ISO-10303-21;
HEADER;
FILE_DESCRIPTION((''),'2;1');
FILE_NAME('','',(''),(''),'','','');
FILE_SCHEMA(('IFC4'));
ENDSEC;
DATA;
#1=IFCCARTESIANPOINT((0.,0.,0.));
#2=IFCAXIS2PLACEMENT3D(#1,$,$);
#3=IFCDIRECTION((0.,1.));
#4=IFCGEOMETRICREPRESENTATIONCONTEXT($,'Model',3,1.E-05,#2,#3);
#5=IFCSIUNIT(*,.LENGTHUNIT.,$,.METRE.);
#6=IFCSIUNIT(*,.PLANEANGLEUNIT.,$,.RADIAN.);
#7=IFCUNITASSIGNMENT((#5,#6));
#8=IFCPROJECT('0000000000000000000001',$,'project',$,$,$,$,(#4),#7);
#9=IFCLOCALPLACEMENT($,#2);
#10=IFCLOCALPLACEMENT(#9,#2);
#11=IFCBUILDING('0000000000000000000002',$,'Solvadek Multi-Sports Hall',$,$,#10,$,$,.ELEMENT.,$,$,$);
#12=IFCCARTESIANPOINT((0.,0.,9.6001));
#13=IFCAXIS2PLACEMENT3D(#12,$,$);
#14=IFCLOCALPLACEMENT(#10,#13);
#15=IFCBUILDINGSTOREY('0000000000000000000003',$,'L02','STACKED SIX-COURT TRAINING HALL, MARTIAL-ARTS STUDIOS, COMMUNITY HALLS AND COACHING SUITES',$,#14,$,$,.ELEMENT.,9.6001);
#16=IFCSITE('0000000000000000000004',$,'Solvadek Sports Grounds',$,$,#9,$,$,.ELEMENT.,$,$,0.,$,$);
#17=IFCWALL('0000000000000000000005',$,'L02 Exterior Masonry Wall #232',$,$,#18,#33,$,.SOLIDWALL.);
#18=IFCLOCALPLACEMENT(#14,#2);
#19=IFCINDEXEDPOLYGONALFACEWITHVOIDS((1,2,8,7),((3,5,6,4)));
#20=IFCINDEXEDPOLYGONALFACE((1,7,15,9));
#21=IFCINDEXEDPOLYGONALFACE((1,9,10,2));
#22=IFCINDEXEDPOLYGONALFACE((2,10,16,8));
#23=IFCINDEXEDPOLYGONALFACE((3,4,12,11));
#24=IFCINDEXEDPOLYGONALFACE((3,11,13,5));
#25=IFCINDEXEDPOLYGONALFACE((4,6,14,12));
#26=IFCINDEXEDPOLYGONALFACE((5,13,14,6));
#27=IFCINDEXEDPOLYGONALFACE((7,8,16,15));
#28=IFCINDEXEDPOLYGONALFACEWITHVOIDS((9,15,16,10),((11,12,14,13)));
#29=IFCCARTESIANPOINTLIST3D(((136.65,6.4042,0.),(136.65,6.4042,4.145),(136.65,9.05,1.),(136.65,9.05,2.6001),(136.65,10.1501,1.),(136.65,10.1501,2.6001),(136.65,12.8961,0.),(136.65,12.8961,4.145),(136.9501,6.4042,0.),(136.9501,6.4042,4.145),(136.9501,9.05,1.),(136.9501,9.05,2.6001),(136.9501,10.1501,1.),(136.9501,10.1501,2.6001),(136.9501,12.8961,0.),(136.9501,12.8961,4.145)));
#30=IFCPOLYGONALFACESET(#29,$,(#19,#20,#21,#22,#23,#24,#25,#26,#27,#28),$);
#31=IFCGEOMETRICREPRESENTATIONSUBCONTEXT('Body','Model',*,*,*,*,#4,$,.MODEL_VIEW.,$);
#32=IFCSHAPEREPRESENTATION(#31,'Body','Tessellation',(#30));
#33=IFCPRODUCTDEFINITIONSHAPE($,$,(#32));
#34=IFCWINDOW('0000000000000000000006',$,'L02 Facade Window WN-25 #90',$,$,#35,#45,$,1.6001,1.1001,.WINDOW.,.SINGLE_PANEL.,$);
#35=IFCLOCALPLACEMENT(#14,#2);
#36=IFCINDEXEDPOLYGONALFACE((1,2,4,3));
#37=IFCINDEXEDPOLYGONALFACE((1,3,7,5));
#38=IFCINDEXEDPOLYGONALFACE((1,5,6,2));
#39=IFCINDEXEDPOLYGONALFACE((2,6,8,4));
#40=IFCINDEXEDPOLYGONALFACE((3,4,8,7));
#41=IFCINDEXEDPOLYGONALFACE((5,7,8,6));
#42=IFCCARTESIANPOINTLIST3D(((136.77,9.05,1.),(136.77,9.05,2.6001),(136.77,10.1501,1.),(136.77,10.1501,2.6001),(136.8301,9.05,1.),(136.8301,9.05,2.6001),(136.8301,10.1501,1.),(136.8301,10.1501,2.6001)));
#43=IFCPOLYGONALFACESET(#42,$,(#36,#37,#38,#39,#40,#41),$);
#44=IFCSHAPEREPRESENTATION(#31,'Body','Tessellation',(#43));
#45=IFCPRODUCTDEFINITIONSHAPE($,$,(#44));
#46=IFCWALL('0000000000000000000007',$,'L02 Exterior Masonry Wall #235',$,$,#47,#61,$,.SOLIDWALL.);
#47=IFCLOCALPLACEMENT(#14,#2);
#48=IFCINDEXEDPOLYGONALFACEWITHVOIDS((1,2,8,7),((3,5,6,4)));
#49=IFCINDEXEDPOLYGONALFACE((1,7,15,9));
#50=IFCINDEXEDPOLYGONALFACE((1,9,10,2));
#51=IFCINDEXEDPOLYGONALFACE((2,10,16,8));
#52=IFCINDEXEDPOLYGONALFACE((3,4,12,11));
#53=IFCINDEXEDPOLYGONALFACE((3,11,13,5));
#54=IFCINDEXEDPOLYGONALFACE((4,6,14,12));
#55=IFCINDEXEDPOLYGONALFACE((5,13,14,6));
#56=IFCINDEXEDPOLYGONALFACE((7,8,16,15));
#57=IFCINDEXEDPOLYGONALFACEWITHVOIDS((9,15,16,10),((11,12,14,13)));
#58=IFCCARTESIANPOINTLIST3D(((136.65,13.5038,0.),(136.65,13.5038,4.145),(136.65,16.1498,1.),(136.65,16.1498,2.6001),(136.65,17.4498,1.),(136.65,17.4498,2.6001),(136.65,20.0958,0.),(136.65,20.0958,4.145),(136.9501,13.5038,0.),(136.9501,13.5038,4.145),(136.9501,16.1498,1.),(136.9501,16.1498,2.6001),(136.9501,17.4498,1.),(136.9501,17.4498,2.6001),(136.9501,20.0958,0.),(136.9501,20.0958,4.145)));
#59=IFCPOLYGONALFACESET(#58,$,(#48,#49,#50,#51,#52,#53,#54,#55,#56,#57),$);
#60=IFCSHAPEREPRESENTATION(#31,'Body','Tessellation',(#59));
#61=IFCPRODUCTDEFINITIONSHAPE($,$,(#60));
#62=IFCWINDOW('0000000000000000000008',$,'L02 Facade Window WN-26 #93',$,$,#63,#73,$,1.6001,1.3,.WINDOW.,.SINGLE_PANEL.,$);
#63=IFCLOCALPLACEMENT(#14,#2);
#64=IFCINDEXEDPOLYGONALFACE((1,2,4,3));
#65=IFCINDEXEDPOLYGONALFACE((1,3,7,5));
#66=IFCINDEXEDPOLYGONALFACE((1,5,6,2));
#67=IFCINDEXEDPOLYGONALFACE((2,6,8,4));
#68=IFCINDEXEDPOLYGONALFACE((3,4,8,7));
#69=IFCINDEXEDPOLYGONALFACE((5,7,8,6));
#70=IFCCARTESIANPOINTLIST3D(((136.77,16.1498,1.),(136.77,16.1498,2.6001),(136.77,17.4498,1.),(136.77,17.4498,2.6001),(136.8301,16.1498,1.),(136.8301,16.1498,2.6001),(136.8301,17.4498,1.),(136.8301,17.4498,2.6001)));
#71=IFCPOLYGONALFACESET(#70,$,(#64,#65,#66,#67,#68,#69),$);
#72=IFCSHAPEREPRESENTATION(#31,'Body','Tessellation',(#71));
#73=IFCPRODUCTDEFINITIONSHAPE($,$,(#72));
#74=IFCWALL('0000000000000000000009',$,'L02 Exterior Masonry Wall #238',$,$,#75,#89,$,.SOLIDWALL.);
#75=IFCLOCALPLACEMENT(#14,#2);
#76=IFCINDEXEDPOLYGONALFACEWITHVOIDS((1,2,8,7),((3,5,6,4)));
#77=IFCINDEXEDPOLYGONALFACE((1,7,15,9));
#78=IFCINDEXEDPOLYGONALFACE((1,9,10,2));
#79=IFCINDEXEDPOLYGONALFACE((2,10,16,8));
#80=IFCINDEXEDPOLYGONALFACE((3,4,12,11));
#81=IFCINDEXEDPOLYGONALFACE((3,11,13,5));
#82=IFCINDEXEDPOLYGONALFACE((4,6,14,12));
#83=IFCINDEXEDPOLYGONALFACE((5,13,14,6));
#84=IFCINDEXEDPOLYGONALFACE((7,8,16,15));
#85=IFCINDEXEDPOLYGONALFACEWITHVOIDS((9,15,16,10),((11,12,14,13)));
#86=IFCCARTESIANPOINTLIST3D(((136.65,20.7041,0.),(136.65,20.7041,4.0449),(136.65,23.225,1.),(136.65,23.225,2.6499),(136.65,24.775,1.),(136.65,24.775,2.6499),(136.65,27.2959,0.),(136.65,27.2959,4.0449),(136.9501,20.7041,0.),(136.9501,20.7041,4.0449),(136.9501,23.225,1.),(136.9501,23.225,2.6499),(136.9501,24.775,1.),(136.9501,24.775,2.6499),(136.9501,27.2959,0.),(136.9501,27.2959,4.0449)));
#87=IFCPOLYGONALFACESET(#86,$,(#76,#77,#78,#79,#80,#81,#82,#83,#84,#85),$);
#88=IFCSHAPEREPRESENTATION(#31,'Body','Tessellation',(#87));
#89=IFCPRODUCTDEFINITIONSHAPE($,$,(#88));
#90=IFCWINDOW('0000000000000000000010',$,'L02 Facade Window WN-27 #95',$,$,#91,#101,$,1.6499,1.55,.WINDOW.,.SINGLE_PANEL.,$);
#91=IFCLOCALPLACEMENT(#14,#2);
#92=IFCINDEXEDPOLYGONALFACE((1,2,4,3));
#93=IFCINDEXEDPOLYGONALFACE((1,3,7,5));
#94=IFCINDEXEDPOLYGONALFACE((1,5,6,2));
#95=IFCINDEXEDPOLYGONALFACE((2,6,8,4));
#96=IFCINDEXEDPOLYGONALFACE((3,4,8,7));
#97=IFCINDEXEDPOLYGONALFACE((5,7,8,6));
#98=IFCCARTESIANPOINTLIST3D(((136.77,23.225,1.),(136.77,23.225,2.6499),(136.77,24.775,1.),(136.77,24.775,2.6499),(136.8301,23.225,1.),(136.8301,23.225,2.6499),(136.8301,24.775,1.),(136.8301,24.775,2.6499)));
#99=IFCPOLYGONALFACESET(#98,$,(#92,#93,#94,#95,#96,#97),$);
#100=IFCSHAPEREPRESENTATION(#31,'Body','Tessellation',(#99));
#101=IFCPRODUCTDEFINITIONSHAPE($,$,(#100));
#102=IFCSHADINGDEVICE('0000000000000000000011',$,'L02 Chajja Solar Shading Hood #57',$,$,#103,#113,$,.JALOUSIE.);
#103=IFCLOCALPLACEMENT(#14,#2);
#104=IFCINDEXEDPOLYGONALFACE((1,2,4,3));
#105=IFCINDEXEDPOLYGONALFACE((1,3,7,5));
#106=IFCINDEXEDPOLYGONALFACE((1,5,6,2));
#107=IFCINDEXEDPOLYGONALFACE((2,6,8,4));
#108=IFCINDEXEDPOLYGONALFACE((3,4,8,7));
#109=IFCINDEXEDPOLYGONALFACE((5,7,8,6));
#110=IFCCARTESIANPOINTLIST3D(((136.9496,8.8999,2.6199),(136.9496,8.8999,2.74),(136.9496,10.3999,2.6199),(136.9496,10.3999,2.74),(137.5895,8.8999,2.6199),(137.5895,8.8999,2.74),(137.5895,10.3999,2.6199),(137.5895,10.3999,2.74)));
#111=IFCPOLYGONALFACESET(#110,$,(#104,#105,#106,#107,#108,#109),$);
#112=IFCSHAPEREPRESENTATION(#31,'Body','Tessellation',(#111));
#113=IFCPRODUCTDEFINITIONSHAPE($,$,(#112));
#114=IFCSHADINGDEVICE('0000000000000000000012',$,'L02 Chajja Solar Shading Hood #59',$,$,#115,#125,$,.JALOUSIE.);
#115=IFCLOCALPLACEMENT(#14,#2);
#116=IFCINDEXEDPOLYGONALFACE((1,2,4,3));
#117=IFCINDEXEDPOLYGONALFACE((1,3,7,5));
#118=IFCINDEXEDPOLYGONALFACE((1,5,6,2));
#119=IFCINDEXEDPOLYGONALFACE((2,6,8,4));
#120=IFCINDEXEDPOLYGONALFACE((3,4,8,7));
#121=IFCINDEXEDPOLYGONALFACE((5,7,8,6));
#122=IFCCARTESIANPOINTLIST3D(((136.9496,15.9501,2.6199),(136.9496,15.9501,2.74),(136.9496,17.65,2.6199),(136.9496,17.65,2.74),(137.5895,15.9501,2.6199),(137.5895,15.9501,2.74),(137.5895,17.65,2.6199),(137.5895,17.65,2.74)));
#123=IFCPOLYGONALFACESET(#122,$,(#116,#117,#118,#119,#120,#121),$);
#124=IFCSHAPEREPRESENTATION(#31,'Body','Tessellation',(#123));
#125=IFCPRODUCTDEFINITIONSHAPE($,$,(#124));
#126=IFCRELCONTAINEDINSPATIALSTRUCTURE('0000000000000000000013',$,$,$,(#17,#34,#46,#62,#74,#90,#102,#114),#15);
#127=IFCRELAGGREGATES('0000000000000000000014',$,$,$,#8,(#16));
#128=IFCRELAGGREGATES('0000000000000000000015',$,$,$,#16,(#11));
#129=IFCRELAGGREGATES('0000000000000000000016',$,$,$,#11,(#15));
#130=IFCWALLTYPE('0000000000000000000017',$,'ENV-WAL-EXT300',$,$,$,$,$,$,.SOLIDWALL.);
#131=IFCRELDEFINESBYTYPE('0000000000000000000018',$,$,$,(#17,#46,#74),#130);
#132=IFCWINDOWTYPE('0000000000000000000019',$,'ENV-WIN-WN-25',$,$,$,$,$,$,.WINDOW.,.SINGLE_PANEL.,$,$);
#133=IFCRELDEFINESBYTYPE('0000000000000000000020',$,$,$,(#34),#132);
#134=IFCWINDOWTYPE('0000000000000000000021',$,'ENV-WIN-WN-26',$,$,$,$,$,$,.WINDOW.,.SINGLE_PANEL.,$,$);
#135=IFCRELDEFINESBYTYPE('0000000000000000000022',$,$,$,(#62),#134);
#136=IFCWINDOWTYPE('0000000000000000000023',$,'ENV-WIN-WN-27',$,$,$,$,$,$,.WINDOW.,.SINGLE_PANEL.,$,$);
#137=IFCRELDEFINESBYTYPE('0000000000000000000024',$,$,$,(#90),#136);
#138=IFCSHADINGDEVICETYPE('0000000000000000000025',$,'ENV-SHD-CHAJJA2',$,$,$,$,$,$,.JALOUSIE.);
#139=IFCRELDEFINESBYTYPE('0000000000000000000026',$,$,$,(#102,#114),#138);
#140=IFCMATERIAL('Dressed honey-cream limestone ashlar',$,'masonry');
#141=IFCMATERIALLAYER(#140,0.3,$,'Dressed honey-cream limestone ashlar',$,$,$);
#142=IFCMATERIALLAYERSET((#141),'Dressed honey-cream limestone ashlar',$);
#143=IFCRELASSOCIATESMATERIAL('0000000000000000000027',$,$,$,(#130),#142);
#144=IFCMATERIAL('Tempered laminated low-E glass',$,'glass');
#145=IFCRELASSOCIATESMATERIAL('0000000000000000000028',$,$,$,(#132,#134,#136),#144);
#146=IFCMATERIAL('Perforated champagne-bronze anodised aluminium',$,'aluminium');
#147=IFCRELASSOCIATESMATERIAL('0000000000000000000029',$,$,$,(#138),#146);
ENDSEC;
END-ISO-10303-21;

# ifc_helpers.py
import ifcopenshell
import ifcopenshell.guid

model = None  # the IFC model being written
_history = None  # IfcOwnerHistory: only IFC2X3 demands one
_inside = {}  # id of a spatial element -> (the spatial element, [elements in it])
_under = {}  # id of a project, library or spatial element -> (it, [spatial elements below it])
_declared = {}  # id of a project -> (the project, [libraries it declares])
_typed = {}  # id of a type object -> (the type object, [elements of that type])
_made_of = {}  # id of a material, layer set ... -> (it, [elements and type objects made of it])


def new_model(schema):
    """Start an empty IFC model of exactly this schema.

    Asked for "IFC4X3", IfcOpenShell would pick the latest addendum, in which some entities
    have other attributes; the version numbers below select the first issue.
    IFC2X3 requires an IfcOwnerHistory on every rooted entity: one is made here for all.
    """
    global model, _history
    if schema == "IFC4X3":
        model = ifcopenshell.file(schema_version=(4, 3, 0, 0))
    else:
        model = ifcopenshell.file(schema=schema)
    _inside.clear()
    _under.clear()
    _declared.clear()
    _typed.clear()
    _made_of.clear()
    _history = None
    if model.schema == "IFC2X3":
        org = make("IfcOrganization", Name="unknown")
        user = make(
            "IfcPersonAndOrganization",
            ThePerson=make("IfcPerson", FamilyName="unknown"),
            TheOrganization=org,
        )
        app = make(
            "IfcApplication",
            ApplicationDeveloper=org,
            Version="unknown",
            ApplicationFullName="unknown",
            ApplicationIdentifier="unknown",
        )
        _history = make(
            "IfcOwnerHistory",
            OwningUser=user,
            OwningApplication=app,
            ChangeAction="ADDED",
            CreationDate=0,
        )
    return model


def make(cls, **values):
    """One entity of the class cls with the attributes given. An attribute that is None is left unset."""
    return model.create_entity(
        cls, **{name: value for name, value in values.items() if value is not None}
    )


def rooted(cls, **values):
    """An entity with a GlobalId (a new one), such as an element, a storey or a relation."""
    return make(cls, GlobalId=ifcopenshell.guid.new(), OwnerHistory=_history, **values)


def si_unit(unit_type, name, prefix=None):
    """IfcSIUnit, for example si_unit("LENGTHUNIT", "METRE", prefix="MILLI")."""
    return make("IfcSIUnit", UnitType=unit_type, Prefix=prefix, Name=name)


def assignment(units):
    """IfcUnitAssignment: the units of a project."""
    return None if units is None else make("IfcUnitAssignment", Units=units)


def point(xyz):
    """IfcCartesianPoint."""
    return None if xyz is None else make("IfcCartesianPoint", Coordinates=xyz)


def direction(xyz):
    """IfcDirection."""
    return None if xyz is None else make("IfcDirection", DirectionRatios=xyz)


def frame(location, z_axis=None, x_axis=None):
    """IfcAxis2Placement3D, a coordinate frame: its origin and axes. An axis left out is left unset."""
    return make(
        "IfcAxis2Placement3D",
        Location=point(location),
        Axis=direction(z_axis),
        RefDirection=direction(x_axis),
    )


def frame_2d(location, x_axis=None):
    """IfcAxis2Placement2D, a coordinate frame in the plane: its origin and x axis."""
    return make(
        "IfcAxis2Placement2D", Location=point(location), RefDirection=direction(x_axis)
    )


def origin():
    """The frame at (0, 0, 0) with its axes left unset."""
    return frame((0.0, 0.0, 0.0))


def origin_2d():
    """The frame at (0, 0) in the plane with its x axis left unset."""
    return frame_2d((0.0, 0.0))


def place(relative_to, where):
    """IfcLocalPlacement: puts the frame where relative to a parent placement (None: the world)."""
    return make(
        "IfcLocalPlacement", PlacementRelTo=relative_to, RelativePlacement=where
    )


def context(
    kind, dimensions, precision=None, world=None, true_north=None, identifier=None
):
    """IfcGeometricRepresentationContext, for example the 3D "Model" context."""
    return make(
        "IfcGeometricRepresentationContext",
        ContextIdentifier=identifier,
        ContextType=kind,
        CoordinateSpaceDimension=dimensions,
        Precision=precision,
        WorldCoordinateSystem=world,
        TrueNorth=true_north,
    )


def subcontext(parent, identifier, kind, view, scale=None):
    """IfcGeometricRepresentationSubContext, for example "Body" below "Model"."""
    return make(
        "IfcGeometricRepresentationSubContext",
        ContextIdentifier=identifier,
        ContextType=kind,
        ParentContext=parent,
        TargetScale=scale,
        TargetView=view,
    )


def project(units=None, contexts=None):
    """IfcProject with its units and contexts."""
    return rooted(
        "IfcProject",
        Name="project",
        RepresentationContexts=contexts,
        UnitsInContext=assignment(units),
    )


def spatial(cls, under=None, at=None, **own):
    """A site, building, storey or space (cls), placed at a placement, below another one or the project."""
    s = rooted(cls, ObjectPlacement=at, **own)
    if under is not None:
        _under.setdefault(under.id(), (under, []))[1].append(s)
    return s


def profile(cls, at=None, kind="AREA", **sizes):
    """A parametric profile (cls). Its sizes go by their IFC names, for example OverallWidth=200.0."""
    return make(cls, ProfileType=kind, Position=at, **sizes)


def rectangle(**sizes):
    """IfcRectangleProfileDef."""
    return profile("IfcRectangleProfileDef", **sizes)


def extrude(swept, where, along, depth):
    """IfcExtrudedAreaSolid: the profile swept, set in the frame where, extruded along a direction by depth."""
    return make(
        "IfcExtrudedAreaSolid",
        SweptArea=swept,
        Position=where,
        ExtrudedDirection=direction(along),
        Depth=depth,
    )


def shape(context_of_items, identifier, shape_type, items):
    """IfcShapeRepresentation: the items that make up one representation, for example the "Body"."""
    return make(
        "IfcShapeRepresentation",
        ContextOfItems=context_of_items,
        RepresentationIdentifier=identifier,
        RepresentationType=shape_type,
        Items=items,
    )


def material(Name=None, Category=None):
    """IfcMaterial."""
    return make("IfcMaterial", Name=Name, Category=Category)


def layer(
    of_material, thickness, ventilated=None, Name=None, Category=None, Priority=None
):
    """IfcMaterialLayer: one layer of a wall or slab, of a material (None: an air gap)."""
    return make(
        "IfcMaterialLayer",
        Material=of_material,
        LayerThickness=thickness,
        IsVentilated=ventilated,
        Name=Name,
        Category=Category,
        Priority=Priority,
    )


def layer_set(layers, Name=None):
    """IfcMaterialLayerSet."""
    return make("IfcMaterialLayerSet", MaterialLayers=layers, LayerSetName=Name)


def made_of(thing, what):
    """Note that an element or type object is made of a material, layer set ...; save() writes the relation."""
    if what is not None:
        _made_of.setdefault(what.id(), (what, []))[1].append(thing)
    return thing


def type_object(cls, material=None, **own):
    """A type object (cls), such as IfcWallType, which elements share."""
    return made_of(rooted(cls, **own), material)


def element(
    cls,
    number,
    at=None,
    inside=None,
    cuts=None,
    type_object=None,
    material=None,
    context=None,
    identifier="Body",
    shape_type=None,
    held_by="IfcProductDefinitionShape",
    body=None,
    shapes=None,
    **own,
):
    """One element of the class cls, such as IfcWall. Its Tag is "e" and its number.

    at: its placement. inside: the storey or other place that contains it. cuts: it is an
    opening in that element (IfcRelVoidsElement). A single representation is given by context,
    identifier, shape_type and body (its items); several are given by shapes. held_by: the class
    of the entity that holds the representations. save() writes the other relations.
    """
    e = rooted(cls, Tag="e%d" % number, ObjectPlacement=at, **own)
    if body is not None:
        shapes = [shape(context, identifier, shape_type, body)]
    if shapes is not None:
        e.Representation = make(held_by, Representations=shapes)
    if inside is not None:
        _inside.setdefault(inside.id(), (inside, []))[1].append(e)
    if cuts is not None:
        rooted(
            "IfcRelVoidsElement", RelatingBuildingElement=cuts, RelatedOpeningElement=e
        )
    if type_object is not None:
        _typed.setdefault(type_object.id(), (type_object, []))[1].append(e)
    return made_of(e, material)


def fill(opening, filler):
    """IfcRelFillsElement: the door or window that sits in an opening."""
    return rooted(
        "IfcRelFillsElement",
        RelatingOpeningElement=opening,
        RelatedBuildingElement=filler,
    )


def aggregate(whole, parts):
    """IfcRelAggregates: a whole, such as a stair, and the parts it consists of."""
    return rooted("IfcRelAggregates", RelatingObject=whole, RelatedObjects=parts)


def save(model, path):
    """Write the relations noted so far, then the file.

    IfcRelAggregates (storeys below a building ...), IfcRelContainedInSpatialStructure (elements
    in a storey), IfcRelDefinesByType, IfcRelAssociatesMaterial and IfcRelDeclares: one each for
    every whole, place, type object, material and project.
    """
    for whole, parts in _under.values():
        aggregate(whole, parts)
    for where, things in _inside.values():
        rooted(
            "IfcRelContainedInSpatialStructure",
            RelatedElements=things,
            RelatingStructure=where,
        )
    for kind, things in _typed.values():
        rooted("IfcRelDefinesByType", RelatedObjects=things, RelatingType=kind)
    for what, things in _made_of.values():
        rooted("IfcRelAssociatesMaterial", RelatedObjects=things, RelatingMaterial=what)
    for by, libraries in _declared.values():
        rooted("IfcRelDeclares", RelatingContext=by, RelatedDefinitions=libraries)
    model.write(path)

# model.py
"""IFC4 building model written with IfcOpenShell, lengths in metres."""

from ifc_helpers import new_model, si_unit, direction, frame, frame_2d, origin, origin_2d, place, context, subcontext, project, spatial, rectangle, extrude, material, layer, layer_set, type_object, element, fill, save


model = new_model("IFC4")

# Units and contexts
model_context = context("Model", 3, precision=1e-05, world=origin(), true_north=direction((0.0, 1.0)))
body_context = subcontext(model_context, "Body", "Model", "MODEL_VIEW")
ifc_project = project(units=[si_unit("LENGTHUNIT", "METRE"), si_unit("PLANEANGLEUNIT", "RADIAN")], contexts=[model_context])

# Site, building, storey
site_placement = place(None, origin())
site = spatial("IfcSite", under=ifc_project, at=site_placement, Name="Solvadek Sports Grounds", CompositionType="ELEMENT", RefElevation=0.0)
building_placement = place(site_placement, origin())
building = spatial("IfcBuilding", under=site, at=building_placement, Name="Solvadek Multi-Sports Hall", CompositionType="ELEMENT")
storey_placement = place(building_placement, frame((0.0, 0.0, 9.6001)))
storey = spatial("IfcBuildingStorey", under=building, at=storey_placement, Name="L02", Description="STACKED SIX-COURT TRAINING HALL, MARTIAL-ARTS STUDIOS, COMMUNITY HALLS AND COACHING SUITES", CompositionType="ELEMENT", Elevation=9.6001)

# Walls, openings, windows
ifc_material_1 = material(Name="Dressed honey-cream limestone ashlar", Category="masonry")
ifc_layer_1 = layer(ifc_material_1, 0.3, Name="Dressed honey-cream limestone ashlar")
ifc_layer_set_1 = layer_set([ifc_layer_1], Name="Dressed honey-cream limestone ashlar")
wall_type_1 = type_object("IfcWallType", Name="ENV-WAL-EXT300", PredefinedType="SOLIDWALL", material=ifc_layer_set_1)
wall_1_placement = place(storey_placement, frame((136.8, 6.4041, 0.0), z_axis=(0.0, 0.0, 1.0), x_axis=(0.0, 1.0, 0.0)))
wall_1 = element("IfcWall", 1, at=wall_1_placement, inside=storey, type_object=wall_type_1, Name="L02 Exterior Masonry Wall #232", PredefinedType="SOLIDWALL", context=body_context, shape_type="SweptSolid", body=[
    extrude(rectangle(XDim=6.4919, YDim=0.3, at=frame_2d((3.2461, 0.0))), origin(), (0.0, 0.0, 1.0), 4.145),
])
opening_1_placement = place(wall_1_placement, frame((2.646, 0.0, 1.0)))
opening_1 = element("IfcOpeningElement", 2, at=opening_1_placement, cuts=wall_1, PredefinedType="OPENING", context=body_context, shape_type="SweptSolid", body=[
    extrude(rectangle(XDim=1.1001, YDim=1.6001, at=frame_2d((0.55, 0.8))), frame((0.0, 0.1599, 0.0), z_axis=(0.0, -1.0, 0.0), x_axis=(1.0, 0.0, 0.0)), (0.0, 0.0, 1.0), 0.3201),
])
ifc_material_2 = material(Name="Tempered laminated low-E glass", Category="glass")
window_type_1 = type_object("IfcWindowType", Name="ENV-WIN-WN-25", PartitioningType="SINGLE_PANEL", PredefinedType="WINDOW", material=ifc_material_2)
window_1_placement = place(opening_1_placement, origin())
window_1 = element("IfcWindow", 3, at=window_1_placement, inside=storey, type_object=window_type_1, Name="L02 Facade Window WN-25 #90", OverallHeight=1.6001, OverallWidth=1.1001, PartitioningType="SINGLE_PANEL", PredefinedType="WINDOW", context=body_context, shape_type="SweptSolid", body=[
    extrude(rectangle(XDim=1.1001, YDim=1.6001, at=frame_2d((0.55, 0.8))), frame((0.0, 0.03, 0.0), z_axis=(0.0, -1.0, 0.0), x_axis=(1.0, 0.0, 0.0)), (0.0, 0.0, 1.0), 0.0601),
])
fill(opening_1, window_1)
wall_2_placement = place(storey_placement, frame((136.8, 13.5039, 0.0), z_axis=(0.0, 0.0, 1.0), x_axis=(0.0, 1.0, 0.0)))
wall_2 = element("IfcWall", 4, at=wall_2_placement, inside=storey, type_object=wall_type_1, Name="L02 Exterior Masonry Wall #235", PredefinedType="SOLIDWALL", context=body_context, shape_type="SweptSolid", body=[
    extrude(rectangle(XDim=6.592, YDim=0.3, at=frame_2d((3.2959, 0.0))), origin(), (0.0, 0.0, 1.0), 4.145),
])
opening_2_placement = place(wall_2_placement, frame((2.646, 0.0, 1.0)))
opening_2 = element("IfcOpeningElement", 5, at=opening_2_placement, cuts=wall_2, PredefinedType="OPENING", context=body_context, shape_type="SweptSolid", body=[
    extrude(rectangle(XDim=1.3, YDim=1.6001, at=frame_2d((0.6499, 0.8))), frame((0.0, 0.1599, 0.0), z_axis=(0.0, -1.0, 0.0), x_axis=(1.0, 0.0, 0.0)), (0.0, 0.0, 1.0), 0.3201),
])
window_type_2 = type_object("IfcWindowType", Name="ENV-WIN-WN-26", PartitioningType="SINGLE_PANEL", PredefinedType="WINDOW", material=ifc_material_2)
window_2_placement = place(opening_2_placement, origin())
window_2 = element("IfcWindow", 6, at=window_2_placement, inside=storey, type_object=window_type_2, Name="L02 Facade Window WN-26 #93", OverallHeight=1.6001, OverallWidth=1.3, PartitioningType="SINGLE_PANEL", PredefinedType="WINDOW", context=body_context, shape_type="SweptSolid", body=[
    extrude(rectangle(XDim=1.3, YDim=1.6001, at=frame_2d((0.6499, 0.8))), frame((0.0, 0.03, 0.0), z_axis=(0.0, -1.0, 0.0), x_axis=(1.0, 0.0, 0.0)), (0.0, 0.0, 1.0), 0.0601),
])
fill(opening_2, window_2)
wall_3_placement = place(storey_placement, frame((136.8, 20.7041, 0.0), z_axis=(0.0, 0.0, 1.0), x_axis=(0.0, 1.0, 0.0)))
wall_3 = element("IfcWall", 7, at=wall_3_placement, inside=storey, type_object=wall_type_1, Name="L02 Exterior Masonry Wall #238", PredefinedType="SOLIDWALL", context=body_context, shape_type="SweptSolid", body=[
    extrude(rectangle(XDim=6.5918, YDim=0.3, at=frame_2d((3.2959, 0.0))), origin(), (0.0, 0.0, 1.0), 4.0449),
])
opening_3_placement = place(wall_3_placement, frame((2.521, 0.0, 1.0)))
opening_3 = element("IfcOpeningElement", 8, at=opening_3_placement, cuts=wall_3, PredefinedType="OPENING", context=body_context, shape_type="SweptSolid", body=[
    extrude(rectangle(XDim=1.55, YDim=1.6499, at=frame_2d((0.7749, 0.825))), frame((0.0, 0.1599, 0.0), z_axis=(0.0, -1.0, 0.0), x_axis=(1.0, 0.0, 0.0)), (0.0, 0.0, 1.0), 0.3201),
])
window_type_3 = type_object("IfcWindowType", Name="ENV-WIN-WN-27", PartitioningType="SINGLE_PANEL", PredefinedType="WINDOW", material=ifc_material_2)
window_3_placement = place(opening_3_placement, origin())
window_3 = element("IfcWindow", 9, at=window_3_placement, inside=storey, type_object=window_type_3, Name="L02 Facade Window WN-27 #95", OverallHeight=1.6499, OverallWidth=1.55, PartitioningType="SINGLE_PANEL", PredefinedType="WINDOW", context=body_context, shape_type="SweptSolid", body=[
    extrude(rectangle(XDim=1.55, YDim=1.6499, at=frame_2d((0.7749, 0.825))), frame((0.0, 0.03, 0.0), z_axis=(0.0, -1.0, 0.0), x_axis=(1.0, 0.0, 0.0)), (0.0, 0.0, 1.0), 0.0601),
])
fill(opening_3, window_3)

# Shading devices
ifc_material_3 = material(Name="Perforated champagne-bronze anodised aluminium", Category="aluminium")
shading_device_type = type_object("IfcShadingDeviceType", Name="ENV-SHD-CHAJJA2", PredefinedType="JALOUSIE", material=ifc_material_3)
shading_device_1_placement = place(storey_placement, frame((137.2695, 9.6499, 2.6199), z_axis=(0.0, 0.0, 1.0), x_axis=(0.0, 1.0, 0.0)))
element("IfcShadingDevice", 10, at=shading_device_1_placement, inside=storey, type_object=shading_device_type, Name="L02 Chajja Solar Shading Hood #57", PredefinedType="JALOUSIE", context=body_context, shape_type="SweptSolid", body=[
    extrude(rectangle(XDim=1.5, YDim=0.6399, at=origin_2d()), origin(), (0.0, 0.0, 1.0), 0.1201),
])
shading_device_2_placement = place(storey_placement, frame((137.2695, 16.8, 2.6199), z_axis=(0.0, 0.0, 1.0), x_axis=(0.0, 1.0, 0.0)))
element("IfcShadingDevice", 11, at=shading_device_2_placement, inside=storey, type_object=shading_device_type, Name="L02 Chajja Solar Shading Hood #59", PredefinedType="JALOUSIE", context=body_context, shape_type="SweptSolid", body=[
    extrude(rectangle(XDim=1.7, YDim=0.6399, at=origin_2d()), origin(), (0.0, 0.0, 1.0), 0.1201),
])

save(model, "model.ifc")
